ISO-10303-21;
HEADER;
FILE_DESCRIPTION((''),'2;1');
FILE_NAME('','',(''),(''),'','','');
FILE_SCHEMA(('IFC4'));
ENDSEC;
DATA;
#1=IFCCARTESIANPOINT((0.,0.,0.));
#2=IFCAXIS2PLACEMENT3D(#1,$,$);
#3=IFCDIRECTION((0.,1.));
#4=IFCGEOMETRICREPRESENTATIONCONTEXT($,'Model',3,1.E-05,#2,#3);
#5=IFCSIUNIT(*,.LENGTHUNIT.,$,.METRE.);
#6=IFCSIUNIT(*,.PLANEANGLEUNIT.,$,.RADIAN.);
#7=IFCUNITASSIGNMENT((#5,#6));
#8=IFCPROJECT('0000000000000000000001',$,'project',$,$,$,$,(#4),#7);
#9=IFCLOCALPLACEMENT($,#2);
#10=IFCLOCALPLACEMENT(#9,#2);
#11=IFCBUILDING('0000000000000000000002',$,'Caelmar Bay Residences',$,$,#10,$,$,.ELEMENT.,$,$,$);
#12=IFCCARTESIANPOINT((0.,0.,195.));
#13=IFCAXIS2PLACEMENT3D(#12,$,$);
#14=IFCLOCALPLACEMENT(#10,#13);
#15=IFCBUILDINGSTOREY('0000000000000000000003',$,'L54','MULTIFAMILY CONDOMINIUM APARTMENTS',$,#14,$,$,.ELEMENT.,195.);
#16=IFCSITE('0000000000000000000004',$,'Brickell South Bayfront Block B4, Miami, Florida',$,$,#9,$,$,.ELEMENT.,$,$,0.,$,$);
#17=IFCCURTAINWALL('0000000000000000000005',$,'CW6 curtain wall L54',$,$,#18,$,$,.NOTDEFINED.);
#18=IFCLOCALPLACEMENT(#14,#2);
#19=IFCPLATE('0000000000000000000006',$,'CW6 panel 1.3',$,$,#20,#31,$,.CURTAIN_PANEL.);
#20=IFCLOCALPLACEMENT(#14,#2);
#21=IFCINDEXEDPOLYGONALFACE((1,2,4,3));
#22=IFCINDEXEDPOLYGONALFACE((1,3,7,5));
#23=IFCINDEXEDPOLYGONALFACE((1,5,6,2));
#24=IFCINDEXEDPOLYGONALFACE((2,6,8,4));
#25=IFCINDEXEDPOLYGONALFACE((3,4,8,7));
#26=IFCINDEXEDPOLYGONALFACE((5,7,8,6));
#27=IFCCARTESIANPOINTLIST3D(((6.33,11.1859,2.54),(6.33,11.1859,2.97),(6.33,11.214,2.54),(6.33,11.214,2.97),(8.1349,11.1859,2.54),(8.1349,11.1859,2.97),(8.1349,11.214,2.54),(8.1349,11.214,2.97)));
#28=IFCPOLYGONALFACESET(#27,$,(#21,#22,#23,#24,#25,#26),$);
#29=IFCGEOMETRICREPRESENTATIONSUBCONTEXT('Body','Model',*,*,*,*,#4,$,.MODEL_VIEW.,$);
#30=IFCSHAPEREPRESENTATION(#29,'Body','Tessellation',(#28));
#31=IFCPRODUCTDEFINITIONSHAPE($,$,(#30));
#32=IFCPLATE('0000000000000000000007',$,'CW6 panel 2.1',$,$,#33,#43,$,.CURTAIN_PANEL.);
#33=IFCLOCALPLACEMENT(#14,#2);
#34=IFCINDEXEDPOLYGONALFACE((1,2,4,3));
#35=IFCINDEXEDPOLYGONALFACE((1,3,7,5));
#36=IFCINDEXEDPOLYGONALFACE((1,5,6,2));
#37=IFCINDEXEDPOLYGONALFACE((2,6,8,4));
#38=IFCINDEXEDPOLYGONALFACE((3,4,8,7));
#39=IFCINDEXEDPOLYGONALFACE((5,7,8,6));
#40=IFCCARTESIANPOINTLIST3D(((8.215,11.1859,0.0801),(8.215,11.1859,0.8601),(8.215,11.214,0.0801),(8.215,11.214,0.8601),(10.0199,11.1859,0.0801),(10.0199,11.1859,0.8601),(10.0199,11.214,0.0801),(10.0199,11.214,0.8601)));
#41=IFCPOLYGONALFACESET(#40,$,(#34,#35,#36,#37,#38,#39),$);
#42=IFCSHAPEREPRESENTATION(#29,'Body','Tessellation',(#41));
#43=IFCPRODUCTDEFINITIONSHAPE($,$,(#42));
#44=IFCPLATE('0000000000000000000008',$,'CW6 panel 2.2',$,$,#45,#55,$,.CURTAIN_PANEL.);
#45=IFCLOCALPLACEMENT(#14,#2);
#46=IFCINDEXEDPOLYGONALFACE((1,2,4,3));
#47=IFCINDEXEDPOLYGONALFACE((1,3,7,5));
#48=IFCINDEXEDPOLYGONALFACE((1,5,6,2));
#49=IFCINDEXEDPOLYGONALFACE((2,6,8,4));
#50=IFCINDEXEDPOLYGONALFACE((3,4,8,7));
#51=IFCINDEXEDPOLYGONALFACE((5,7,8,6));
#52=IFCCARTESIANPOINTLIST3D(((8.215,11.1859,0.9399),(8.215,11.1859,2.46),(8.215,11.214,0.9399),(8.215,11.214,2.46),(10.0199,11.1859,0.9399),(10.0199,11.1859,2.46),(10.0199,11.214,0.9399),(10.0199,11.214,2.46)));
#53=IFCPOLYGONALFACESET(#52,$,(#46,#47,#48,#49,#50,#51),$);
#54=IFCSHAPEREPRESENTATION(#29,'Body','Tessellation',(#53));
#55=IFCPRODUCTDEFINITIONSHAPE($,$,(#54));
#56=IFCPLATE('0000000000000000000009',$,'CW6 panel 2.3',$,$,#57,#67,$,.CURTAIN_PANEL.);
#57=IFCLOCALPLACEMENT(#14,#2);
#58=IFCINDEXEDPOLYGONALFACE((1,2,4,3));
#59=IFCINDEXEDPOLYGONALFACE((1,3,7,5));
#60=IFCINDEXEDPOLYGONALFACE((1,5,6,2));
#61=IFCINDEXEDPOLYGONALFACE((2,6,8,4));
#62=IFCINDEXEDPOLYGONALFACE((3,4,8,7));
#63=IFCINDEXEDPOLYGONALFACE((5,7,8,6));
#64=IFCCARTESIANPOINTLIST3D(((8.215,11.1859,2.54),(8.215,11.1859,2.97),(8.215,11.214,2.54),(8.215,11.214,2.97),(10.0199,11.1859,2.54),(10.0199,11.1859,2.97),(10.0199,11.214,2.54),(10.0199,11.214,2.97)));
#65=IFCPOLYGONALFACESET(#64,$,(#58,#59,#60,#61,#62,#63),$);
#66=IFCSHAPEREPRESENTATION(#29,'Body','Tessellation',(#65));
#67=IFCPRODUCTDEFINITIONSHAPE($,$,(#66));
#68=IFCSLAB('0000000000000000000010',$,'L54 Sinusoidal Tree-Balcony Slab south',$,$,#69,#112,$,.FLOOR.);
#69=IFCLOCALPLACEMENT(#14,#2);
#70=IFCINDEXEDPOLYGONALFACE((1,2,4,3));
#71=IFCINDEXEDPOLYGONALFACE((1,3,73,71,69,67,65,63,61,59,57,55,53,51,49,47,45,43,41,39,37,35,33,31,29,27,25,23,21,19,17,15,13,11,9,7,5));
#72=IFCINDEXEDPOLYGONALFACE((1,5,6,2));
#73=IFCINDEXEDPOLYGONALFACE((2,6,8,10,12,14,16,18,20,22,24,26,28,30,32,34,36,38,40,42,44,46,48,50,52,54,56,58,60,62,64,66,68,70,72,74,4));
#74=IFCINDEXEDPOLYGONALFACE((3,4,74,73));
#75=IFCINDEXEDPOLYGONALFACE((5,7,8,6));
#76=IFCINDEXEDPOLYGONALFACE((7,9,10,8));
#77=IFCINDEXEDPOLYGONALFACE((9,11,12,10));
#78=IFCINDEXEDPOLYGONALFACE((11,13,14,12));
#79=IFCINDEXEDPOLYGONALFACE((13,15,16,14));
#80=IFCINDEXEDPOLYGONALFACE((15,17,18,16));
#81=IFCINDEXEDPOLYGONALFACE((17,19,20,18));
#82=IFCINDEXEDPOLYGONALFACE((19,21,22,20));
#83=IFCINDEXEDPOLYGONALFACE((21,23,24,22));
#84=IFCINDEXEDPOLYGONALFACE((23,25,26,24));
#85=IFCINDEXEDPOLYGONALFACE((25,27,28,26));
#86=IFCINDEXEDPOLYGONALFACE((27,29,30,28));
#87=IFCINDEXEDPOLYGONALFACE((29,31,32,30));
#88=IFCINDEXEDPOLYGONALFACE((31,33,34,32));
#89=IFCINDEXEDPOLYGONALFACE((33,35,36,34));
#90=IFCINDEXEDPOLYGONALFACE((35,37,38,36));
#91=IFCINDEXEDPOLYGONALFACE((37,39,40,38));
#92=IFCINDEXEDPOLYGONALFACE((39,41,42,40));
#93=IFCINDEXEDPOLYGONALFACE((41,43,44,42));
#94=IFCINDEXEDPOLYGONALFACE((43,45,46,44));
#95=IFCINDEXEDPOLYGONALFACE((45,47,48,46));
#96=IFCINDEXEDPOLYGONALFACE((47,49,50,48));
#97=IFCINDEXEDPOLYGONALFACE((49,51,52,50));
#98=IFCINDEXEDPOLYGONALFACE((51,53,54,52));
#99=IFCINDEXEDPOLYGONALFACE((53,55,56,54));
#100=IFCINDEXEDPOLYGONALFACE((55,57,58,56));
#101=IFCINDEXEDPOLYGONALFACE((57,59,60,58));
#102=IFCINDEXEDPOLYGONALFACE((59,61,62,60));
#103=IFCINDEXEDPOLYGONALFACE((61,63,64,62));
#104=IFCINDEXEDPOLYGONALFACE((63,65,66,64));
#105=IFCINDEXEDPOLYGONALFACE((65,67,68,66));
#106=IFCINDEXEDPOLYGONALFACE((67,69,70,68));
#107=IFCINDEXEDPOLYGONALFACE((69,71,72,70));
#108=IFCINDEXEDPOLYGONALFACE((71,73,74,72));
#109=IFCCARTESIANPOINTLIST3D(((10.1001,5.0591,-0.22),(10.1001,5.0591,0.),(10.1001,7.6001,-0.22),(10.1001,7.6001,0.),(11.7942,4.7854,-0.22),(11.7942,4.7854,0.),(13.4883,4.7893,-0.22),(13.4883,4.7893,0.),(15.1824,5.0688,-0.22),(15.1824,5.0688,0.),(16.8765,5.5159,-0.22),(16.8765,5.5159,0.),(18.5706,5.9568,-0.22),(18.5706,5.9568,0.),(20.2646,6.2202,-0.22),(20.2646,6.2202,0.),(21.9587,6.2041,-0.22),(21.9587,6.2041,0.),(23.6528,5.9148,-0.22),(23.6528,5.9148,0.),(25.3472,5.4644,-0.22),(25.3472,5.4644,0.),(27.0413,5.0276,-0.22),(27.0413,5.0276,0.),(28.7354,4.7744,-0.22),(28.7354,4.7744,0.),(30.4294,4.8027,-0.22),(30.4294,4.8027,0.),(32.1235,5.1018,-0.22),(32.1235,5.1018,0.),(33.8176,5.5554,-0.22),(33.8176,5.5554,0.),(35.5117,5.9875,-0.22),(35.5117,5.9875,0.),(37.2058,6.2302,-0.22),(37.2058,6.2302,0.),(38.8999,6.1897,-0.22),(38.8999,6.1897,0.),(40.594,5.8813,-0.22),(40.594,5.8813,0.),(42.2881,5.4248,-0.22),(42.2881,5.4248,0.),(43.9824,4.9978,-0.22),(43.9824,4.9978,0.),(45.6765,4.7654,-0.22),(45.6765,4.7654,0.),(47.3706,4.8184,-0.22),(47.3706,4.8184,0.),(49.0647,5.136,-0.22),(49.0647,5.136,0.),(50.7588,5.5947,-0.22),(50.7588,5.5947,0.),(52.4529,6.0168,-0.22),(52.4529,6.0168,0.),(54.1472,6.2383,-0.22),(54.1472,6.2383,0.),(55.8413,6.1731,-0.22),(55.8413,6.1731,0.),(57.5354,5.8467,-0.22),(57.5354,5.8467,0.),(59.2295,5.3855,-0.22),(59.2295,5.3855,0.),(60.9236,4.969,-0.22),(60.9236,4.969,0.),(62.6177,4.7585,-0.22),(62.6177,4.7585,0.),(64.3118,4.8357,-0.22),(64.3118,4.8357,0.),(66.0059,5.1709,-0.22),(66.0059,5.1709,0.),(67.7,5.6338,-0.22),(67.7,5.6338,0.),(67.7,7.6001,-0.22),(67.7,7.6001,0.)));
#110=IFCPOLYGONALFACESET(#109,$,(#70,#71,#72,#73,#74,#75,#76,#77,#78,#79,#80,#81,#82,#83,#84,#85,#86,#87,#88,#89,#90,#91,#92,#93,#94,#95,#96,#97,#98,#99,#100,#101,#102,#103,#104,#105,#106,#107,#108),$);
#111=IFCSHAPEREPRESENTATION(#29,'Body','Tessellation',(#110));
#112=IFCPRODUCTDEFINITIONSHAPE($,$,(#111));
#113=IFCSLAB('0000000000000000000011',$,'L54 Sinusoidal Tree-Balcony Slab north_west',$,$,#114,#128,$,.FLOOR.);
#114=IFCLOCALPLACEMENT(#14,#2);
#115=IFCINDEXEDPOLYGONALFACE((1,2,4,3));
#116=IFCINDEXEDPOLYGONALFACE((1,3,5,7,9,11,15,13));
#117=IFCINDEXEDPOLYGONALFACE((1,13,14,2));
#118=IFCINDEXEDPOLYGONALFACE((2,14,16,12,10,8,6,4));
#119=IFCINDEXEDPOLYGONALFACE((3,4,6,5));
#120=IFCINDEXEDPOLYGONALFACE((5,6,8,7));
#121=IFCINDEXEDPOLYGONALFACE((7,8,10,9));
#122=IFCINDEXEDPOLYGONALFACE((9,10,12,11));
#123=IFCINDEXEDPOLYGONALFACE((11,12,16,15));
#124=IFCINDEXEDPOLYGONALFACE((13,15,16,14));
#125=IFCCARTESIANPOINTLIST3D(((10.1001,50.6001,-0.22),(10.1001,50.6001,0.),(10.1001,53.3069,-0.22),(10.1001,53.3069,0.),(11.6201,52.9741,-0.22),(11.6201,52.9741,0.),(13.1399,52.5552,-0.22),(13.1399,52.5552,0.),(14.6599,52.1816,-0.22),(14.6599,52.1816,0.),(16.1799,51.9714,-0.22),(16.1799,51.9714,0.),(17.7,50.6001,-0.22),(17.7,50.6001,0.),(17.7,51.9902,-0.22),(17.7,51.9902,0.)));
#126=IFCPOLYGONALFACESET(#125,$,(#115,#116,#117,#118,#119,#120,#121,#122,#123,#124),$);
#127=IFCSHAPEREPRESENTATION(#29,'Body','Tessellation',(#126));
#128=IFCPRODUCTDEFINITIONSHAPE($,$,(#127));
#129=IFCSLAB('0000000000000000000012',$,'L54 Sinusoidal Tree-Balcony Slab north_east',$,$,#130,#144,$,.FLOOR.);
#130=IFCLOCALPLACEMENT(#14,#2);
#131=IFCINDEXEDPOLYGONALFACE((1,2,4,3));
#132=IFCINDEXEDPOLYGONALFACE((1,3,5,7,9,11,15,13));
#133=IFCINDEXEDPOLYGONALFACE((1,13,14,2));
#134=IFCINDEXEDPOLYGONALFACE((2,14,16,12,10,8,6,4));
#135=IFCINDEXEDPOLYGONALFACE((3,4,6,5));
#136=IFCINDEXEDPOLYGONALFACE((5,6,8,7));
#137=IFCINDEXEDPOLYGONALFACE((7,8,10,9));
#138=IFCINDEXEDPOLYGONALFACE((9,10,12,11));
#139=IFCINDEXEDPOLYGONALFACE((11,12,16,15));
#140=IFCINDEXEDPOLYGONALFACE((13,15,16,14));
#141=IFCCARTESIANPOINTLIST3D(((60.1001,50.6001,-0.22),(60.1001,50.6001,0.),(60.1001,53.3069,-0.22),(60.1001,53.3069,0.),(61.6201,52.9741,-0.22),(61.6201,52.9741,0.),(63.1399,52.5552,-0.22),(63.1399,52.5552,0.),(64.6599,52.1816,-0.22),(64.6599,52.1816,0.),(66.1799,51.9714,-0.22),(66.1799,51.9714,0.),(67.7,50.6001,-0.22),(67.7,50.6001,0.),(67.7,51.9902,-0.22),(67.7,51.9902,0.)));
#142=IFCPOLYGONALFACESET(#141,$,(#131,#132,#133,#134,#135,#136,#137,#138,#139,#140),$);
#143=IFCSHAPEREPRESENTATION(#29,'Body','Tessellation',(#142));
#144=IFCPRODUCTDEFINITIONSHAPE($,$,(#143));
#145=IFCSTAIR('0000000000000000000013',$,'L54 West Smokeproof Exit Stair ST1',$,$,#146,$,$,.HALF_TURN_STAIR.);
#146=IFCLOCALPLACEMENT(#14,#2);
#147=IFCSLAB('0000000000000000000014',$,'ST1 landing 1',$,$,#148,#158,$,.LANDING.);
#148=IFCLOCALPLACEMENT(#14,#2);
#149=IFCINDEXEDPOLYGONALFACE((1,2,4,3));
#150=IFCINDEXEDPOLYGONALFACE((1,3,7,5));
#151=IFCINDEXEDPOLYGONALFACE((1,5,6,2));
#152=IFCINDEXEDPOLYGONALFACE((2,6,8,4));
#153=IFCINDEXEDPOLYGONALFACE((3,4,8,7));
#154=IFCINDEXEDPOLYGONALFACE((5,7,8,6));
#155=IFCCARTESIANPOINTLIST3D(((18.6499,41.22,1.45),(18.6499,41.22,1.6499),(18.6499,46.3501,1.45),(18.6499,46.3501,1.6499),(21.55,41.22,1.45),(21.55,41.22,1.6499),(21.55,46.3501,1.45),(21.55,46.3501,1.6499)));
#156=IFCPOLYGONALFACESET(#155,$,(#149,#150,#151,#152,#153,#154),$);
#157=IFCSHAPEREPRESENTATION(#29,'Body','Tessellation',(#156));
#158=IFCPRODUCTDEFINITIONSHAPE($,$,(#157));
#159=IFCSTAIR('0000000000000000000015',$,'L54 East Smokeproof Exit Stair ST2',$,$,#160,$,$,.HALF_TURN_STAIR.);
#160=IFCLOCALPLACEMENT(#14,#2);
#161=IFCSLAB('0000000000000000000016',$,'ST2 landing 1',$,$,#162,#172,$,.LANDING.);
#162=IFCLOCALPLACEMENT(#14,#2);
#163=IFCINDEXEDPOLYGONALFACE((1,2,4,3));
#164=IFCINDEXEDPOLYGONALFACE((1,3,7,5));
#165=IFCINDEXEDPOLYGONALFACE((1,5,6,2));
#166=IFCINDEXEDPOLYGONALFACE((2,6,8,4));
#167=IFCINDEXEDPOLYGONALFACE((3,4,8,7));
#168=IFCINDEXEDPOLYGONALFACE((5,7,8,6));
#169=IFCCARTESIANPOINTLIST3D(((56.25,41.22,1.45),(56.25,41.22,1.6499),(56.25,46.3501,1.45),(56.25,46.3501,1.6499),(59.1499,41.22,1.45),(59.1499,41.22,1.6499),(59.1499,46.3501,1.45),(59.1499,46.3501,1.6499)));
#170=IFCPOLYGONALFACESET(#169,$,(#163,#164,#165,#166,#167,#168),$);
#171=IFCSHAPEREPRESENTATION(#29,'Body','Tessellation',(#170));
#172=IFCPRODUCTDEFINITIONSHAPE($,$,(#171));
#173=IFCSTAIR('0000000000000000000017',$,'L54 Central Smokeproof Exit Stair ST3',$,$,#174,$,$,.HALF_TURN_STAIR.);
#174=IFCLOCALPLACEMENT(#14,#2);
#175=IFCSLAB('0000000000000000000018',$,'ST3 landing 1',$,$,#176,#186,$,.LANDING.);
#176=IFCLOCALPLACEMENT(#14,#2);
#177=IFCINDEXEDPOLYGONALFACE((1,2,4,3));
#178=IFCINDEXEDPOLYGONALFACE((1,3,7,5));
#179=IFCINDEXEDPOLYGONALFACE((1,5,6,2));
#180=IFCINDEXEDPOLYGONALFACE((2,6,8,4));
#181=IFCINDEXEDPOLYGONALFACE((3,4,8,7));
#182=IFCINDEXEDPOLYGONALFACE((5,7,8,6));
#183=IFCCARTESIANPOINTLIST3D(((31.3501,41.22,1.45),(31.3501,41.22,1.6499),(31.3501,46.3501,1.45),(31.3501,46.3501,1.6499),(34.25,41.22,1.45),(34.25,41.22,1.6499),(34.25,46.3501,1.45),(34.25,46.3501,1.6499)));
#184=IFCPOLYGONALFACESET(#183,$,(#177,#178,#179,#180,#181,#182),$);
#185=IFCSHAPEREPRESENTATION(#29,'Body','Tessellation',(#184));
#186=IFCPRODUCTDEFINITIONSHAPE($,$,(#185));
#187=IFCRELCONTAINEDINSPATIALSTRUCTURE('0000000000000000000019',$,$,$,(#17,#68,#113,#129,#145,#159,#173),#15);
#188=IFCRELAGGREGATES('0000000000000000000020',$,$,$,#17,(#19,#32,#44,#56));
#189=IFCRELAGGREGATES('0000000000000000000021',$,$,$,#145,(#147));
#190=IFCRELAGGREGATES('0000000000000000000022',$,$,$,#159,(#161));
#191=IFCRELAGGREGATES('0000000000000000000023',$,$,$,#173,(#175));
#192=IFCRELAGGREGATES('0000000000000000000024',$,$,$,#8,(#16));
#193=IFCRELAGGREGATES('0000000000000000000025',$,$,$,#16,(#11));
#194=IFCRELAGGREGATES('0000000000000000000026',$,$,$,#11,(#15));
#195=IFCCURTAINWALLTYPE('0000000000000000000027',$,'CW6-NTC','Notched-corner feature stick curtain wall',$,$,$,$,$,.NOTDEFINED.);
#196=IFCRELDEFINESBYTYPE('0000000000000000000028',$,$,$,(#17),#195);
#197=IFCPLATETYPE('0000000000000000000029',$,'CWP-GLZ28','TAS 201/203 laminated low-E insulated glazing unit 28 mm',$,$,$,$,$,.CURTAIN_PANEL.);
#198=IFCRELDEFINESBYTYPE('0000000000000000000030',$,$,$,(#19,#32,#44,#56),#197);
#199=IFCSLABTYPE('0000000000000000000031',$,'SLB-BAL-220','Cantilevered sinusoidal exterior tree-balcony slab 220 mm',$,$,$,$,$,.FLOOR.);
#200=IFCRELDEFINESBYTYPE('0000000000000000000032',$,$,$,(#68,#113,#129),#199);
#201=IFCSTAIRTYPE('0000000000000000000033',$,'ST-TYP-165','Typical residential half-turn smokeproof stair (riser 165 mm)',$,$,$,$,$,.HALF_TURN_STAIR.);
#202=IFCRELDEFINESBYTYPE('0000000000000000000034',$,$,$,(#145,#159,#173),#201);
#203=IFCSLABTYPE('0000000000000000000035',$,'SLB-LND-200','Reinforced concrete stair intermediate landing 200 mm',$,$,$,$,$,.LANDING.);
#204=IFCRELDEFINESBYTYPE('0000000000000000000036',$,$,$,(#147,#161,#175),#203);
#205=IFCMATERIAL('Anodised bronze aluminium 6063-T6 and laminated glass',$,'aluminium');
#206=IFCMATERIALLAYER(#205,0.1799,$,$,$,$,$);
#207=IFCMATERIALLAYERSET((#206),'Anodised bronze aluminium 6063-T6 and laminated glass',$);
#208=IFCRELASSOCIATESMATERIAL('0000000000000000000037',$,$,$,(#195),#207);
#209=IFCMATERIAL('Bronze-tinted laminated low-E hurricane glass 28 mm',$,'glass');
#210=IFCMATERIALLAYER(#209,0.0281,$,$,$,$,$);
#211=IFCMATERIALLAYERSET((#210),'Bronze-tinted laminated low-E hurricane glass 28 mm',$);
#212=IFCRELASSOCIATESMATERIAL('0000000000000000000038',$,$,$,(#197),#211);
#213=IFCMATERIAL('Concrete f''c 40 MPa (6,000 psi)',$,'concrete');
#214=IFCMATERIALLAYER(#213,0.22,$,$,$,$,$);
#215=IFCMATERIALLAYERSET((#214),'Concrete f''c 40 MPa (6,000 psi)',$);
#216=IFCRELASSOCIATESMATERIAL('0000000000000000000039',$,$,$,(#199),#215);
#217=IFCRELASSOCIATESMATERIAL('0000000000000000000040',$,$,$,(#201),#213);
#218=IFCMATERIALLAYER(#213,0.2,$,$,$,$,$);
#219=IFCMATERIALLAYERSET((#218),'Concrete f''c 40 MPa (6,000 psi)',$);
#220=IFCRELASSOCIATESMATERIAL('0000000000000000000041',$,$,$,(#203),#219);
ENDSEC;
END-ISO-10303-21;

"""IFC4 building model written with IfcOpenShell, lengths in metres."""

from ifc_helpers import new_model, si_unit, direction, frame, origin, origin_2d, place, context, subcontext, project, spatial, polyline, rectangle, outline, extrude, material, layer, layer_set, type_object, element, aggregate, save


model = new_model("IFC4")

# Units and contexts
model_context = context("Model", 3, precision=1e-05, world=origin(), true_north=direction((0.0, 1.0)))
body_context = subcontext(model_context, "Body", "Model", "MODEL_VIEW")
ifc_project = project(units=[si_unit("LENGTHUNIT", "METRE"), si_unit("PLANEANGLEUNIT", "RADIAN")], contexts=[model_context])

# Site, building, storey
site_placement = place(None, origin())
site = spatial("IfcSite", under=ifc_project, at=site_placement, Name="Brickell South Bayfront Block B4, Miami, Florida", CompositionType="ELEMENT", RefElevation=0.0)
building_placement = place(site_placement, origin())
building = spatial("IfcBuilding", under=site, at=building_placement, Name="Caelmar Bay Residences", CompositionType="ELEMENT")
storey_placement = place(building_placement, frame((0.0, 0.0, 195.0)))
storey = spatial("IfcBuildingStorey", under=building, at=storey_placement, Name="L54", Description="MULTIFAMILY CONDOMINIUM APARTMENTS", CompositionType="ELEMENT", Elevation=195.0)

# Curtain wall
ifc_material_1 = material(Name="Anodised bronze aluminium 6063-T6 and laminated glass", Category="aluminium")
ifc_layer_1 = layer(ifc_material_1, 0.1799)
ifc_layer_set_1 = layer_set([ifc_layer_1], Name="Anodised bronze aluminium 6063-T6 and laminated glass")
curtain_wall_type_1 = type_object("IfcCurtainWallType", Name="CW6-NTC", Description="Notched-corner feature stick curtain wall", PredefinedType="NOTDEFINED", material=ifc_layer_set_1)
curtain_wall_1_placement = place(storey_placement, origin())
curtain_wall_1 = element("IfcCurtainWall", 1, at=curtain_wall_1_placement, inside=storey, type_object=curtain_wall_type_1, Name="CW6 curtain wall L54", PredefinedType="NOTDEFINED")

# Plates
ifc_material_2 = material(Name="Bronze-tinted laminated low-E hurricane glass 28 mm", Category="glass")
ifc_layer_2 = layer(ifc_material_2, 0.0281)
ifc_layer_set_2 = layer_set([ifc_layer_2], Name="Bronze-tinted laminated low-E hurricane glass 28 mm")
plate_type = type_object("IfcPlateType", Name="CWP-GLZ28", Description="TAS 201/203 laminated low-E insulated glazing unit 28 mm", PredefinedType="CURTAIN_PANEL", material=ifc_layer_set_2)
plate_1_placement = place(storey_placement, frame((7.2324, 11.2, 2.54), z_axis=(0.0, 0.0, 1.0), x_axis=(1.0, 0.0, 0.0)))
plate_1 = element("IfcPlate", 2, at=plate_1_placement, type_object=plate_type, Name="CW6 panel 1.3", PredefinedType="CURTAIN_PANEL", context=body_context, shape_type="SweptSolid", body=[
    extrude(rectangle(XDim=1.8049, YDim=0.0281, at=origin_2d()), origin(), (0.0, 0.0, 1.0), 0.4299),
])
plate_2_placement = place(storey_placement, frame((9.1174, 11.2, 0.0801), z_axis=(0.0, 0.0, 1.0), x_axis=(1.0, 0.0, 0.0)))
plate_2 = element("IfcPlate", 3, at=plate_2_placement, type_object=plate_type, Name="CW6 panel 2.1", PredefinedType="CURTAIN_PANEL", context=body_context, shape_type="SweptSolid", body=[
    extrude(rectangle(XDim=1.8049, YDim=0.0281, at=origin_2d()), origin(), (0.0, 0.0, 1.0), 0.78),
])
plate_3_placement = place(storey_placement, frame((9.1174, 11.2, 0.9399), z_axis=(0.0, 0.0, 1.0), x_axis=(1.0, 0.0, 0.0)))
plate_3 = element("IfcPlate", 4, at=plate_3_placement, type_object=plate_type, Name="CW6 panel 2.2", PredefinedType="CURTAIN_PANEL", context=body_context, shape_type="SweptSolid", body=[
    extrude(rectangle(XDim=1.8049, YDim=0.0281, at=origin_2d()), origin(), (0.0, 0.0, 1.0), 1.52),
])
plate_4_placement = place(storey_placement, frame((9.1174, 11.2, 2.54), z_axis=(0.0, 0.0, 1.0), x_axis=(1.0, 0.0, 0.0)))
plate_4 = element("IfcPlate", 5, at=plate_4_placement, type_object=plate_type, Name="CW6 panel 2.3", PredefinedType="CURTAIN_PANEL", context=body_context, shape_type="SweptSolid", body=[
    extrude(rectangle(XDim=1.8049, YDim=0.0281, at=origin_2d()), origin(), (0.0, 0.0, 1.0), 0.4299),
])
aggregate(curtain_wall_1, [plate_1, plate_2, plate_3, plate_4])

# Slabs
ifc_material_3 = material(Name="Concrete f'c 40 MPa (6,000 psi)", Category="concrete")
ifc_layer_3 = layer(ifc_material_3, 0.22)
ifc_layer_set_3 = layer_set([ifc_layer_3], Name="Concrete f'c 40 MPa (6,000 psi)")
slab_type_1 = type_object("IfcSlabType", Name="SLB-BAL-220", Description="Cantilevered sinusoidal exterior tree-balcony slab 220 mm", PredefinedType="FLOOR", material=ifc_layer_set_3)
slab_1_placement = place(storey_placement, frame((0.0, 0.0, -0.22)))
element("IfcSlab", 6, at=slab_1_placement, inside=storey, type_object=slab_type_1, Name="L54 Sinusoidal Tree-Balcony Slab south", PredefinedType="FLOOR", context=body_context, shape_type="SweptSolid", body=[
    extrude(outline(polyline([(10.1001, 5.0591), (11.7942, 4.7854), (13.4883, 4.7893), (15.1824, 5.0688), (16.8765, 5.5159), (18.5706, 5.9568), (20.2646, 6.2202), (21.9587, 6.2041), (23.6528, 5.9148), (25.3472, 5.4644), (27.0413, 5.0276), (28.7354, 4.7744), (30.4294, 4.8027), (32.1235, 5.1018), (33.8176, 5.5554), (35.5117, 5.9875), (37.2058, 6.2302), (38.8999, 6.1897), (40.594, 5.8813), (42.2881, 5.4248), (43.9824, 4.9978), (45.6765, 4.7654), (47.3706, 4.8184), (49.0647, 5.136), (50.7588, 5.5947), (52.4529, 6.0168), (54.1472, 6.2383), (55.8413, 6.1731), (57.5354, 5.8467), (59.2295, 5.3855), (60.9236, 4.969), (62.6177, 4.7585), (64.3118, 4.8357), (66.0059, 5.1709), (67.7, 5.6338), (67.7, 7.6001), (10.1001, 7.6001), (10.1001, 5.0591)])), origin(), (0.0, 0.0, 1.0), 0.22),
])
slab_2_placement = place(storey_placement, frame((0.0, 0.0, -0.22)))
element("IfcSlab", 7, at=slab_2_placement, inside=storey, type_object=slab_type_1, Name="L54 Sinusoidal Tree-Balcony Slab north_west", PredefinedType="FLOOR", context=body_context, shape_type="SweptSolid", body=[
    extrude(outline(polyline([(10.1001, 50.6001), (17.7, 50.6001), (17.7, 51.9902), (16.1799, 51.9714), (14.6599, 52.1816), (13.1399, 52.5552), (11.6201, 52.9741), (10.1001, 53.3069), (10.1001, 50.6001)])), origin(), (0.0, 0.0, 1.0), 0.22),
])
slab_3_placement = place(storey_placement, frame((0.0, 0.0, -0.22)))
element("IfcSlab", 8, at=slab_3_placement, inside=storey, type_object=slab_type_1, Name="L54 Sinusoidal Tree-Balcony Slab north_east", PredefinedType="FLOOR", context=body_context, shape_type="SweptSolid", body=[
    extrude(outline(polyline([(60.1001, 50.6001), (67.7, 50.6001), (67.7, 51.9902), (66.1799, 51.9714), (64.6599, 52.1816), (63.1399, 52.5552), (61.6201, 52.9741), (60.1001, 53.3069), (60.1001, 50.6001)])), origin(), (0.0, 0.0, 1.0), 0.22),
])

# Stairs, slabs
stair_type = type_object("IfcStairType", Name="ST-TYP-165", Description="Typical residential half-turn smokeproof stair (riser 165 mm)", PredefinedType="HALF_TURN_STAIR", material=ifc_material_3)
stair_1_placement = place(storey_placement, origin())
stair_1 = element("IfcStair", 9, at=stair_1_placement, inside=storey, type_object=stair_type, Name="L54 West Smokeproof Exit Stair ST1", PredefinedType="HALF_TURN_STAIR")
ifc_layer_4 = layer(ifc_material_3, 0.2)
ifc_layer_set_4 = layer_set([ifc_layer_4], Name="Concrete f'c 40 MPa (6,000 psi)")
slab_type_2 = type_object("IfcSlabType", Name="SLB-LND-200", Description="Reinforced concrete stair intermediate landing 200 mm", PredefinedType="LANDING", material=ifc_layer_set_4)
slab_4_placement = place(storey_placement, frame((0.0, 0.0, 1.45)))
slab_4 = element("IfcSlab", 10, at=slab_4_placement, type_object=slab_type_2, Name="ST1 landing 1", PredefinedType="LANDING", context=body_context, shape_type="SweptSolid", body=[
    extrude(outline(polyline([(21.55, 41.22), (21.55, 46.3501), (18.6499, 46.3501), (18.6499, 41.22), (21.55, 41.22)])), origin(), (0.0, 0.0, 1.0), 0.2),
])
aggregate(stair_1, [slab_4])
stair_2_placement = place(storey_placement, origin())
stair_2 = element("IfcStair", 11, at=stair_2_placement, inside=storey, type_object=stair_type, Name="L54 East Smokeproof Exit Stair ST2", PredefinedType="HALF_TURN_STAIR")
slab_5_placement = place(storey_placement, frame((0.0, 0.0, 1.45)))
slab_5 = element("IfcSlab", 12, at=slab_5_placement, type_object=slab_type_2, Name="ST2 landing 1", PredefinedType="LANDING", context=body_context, shape_type="SweptSolid", body=[
    extrude(outline(polyline([(59.1499, 41.22), (59.1499, 46.3501), (56.25, 46.3501), (56.25, 41.22), (59.1499, 41.22)])), origin(), (0.0, 0.0, 1.0), 0.2),
])
aggregate(stair_2, [slab_5])
stair_3_placement = place(storey_placement, origin())
stair_3 = element("IfcStair", 13, at=stair_3_placement, inside=storey, type_object=stair_type, Name="L54 Central Smokeproof Exit Stair ST3", PredefinedType="HALF_TURN_STAIR")
slab_6_placement = place(storey_placement, frame((0.0, 0.0, 1.45)))
slab_6 = element("IfcSlab", 14, at=slab_6_placement, type_object=slab_type_2, Name="ST3 landing 1", PredefinedType="LANDING", context=body_context, shape_type="SweptSolid", body=[
    extrude(outline(polyline([(34.25, 41.22), (34.25, 46.3501), (31.3501, 46.3501), (31.3501, 41.22), (34.25, 41.22)])), origin(), (0.0, 0.0, 1.0), 0.2),
])
aggregate(stair_3, [slab_6])

save(model, "model.ifc")
